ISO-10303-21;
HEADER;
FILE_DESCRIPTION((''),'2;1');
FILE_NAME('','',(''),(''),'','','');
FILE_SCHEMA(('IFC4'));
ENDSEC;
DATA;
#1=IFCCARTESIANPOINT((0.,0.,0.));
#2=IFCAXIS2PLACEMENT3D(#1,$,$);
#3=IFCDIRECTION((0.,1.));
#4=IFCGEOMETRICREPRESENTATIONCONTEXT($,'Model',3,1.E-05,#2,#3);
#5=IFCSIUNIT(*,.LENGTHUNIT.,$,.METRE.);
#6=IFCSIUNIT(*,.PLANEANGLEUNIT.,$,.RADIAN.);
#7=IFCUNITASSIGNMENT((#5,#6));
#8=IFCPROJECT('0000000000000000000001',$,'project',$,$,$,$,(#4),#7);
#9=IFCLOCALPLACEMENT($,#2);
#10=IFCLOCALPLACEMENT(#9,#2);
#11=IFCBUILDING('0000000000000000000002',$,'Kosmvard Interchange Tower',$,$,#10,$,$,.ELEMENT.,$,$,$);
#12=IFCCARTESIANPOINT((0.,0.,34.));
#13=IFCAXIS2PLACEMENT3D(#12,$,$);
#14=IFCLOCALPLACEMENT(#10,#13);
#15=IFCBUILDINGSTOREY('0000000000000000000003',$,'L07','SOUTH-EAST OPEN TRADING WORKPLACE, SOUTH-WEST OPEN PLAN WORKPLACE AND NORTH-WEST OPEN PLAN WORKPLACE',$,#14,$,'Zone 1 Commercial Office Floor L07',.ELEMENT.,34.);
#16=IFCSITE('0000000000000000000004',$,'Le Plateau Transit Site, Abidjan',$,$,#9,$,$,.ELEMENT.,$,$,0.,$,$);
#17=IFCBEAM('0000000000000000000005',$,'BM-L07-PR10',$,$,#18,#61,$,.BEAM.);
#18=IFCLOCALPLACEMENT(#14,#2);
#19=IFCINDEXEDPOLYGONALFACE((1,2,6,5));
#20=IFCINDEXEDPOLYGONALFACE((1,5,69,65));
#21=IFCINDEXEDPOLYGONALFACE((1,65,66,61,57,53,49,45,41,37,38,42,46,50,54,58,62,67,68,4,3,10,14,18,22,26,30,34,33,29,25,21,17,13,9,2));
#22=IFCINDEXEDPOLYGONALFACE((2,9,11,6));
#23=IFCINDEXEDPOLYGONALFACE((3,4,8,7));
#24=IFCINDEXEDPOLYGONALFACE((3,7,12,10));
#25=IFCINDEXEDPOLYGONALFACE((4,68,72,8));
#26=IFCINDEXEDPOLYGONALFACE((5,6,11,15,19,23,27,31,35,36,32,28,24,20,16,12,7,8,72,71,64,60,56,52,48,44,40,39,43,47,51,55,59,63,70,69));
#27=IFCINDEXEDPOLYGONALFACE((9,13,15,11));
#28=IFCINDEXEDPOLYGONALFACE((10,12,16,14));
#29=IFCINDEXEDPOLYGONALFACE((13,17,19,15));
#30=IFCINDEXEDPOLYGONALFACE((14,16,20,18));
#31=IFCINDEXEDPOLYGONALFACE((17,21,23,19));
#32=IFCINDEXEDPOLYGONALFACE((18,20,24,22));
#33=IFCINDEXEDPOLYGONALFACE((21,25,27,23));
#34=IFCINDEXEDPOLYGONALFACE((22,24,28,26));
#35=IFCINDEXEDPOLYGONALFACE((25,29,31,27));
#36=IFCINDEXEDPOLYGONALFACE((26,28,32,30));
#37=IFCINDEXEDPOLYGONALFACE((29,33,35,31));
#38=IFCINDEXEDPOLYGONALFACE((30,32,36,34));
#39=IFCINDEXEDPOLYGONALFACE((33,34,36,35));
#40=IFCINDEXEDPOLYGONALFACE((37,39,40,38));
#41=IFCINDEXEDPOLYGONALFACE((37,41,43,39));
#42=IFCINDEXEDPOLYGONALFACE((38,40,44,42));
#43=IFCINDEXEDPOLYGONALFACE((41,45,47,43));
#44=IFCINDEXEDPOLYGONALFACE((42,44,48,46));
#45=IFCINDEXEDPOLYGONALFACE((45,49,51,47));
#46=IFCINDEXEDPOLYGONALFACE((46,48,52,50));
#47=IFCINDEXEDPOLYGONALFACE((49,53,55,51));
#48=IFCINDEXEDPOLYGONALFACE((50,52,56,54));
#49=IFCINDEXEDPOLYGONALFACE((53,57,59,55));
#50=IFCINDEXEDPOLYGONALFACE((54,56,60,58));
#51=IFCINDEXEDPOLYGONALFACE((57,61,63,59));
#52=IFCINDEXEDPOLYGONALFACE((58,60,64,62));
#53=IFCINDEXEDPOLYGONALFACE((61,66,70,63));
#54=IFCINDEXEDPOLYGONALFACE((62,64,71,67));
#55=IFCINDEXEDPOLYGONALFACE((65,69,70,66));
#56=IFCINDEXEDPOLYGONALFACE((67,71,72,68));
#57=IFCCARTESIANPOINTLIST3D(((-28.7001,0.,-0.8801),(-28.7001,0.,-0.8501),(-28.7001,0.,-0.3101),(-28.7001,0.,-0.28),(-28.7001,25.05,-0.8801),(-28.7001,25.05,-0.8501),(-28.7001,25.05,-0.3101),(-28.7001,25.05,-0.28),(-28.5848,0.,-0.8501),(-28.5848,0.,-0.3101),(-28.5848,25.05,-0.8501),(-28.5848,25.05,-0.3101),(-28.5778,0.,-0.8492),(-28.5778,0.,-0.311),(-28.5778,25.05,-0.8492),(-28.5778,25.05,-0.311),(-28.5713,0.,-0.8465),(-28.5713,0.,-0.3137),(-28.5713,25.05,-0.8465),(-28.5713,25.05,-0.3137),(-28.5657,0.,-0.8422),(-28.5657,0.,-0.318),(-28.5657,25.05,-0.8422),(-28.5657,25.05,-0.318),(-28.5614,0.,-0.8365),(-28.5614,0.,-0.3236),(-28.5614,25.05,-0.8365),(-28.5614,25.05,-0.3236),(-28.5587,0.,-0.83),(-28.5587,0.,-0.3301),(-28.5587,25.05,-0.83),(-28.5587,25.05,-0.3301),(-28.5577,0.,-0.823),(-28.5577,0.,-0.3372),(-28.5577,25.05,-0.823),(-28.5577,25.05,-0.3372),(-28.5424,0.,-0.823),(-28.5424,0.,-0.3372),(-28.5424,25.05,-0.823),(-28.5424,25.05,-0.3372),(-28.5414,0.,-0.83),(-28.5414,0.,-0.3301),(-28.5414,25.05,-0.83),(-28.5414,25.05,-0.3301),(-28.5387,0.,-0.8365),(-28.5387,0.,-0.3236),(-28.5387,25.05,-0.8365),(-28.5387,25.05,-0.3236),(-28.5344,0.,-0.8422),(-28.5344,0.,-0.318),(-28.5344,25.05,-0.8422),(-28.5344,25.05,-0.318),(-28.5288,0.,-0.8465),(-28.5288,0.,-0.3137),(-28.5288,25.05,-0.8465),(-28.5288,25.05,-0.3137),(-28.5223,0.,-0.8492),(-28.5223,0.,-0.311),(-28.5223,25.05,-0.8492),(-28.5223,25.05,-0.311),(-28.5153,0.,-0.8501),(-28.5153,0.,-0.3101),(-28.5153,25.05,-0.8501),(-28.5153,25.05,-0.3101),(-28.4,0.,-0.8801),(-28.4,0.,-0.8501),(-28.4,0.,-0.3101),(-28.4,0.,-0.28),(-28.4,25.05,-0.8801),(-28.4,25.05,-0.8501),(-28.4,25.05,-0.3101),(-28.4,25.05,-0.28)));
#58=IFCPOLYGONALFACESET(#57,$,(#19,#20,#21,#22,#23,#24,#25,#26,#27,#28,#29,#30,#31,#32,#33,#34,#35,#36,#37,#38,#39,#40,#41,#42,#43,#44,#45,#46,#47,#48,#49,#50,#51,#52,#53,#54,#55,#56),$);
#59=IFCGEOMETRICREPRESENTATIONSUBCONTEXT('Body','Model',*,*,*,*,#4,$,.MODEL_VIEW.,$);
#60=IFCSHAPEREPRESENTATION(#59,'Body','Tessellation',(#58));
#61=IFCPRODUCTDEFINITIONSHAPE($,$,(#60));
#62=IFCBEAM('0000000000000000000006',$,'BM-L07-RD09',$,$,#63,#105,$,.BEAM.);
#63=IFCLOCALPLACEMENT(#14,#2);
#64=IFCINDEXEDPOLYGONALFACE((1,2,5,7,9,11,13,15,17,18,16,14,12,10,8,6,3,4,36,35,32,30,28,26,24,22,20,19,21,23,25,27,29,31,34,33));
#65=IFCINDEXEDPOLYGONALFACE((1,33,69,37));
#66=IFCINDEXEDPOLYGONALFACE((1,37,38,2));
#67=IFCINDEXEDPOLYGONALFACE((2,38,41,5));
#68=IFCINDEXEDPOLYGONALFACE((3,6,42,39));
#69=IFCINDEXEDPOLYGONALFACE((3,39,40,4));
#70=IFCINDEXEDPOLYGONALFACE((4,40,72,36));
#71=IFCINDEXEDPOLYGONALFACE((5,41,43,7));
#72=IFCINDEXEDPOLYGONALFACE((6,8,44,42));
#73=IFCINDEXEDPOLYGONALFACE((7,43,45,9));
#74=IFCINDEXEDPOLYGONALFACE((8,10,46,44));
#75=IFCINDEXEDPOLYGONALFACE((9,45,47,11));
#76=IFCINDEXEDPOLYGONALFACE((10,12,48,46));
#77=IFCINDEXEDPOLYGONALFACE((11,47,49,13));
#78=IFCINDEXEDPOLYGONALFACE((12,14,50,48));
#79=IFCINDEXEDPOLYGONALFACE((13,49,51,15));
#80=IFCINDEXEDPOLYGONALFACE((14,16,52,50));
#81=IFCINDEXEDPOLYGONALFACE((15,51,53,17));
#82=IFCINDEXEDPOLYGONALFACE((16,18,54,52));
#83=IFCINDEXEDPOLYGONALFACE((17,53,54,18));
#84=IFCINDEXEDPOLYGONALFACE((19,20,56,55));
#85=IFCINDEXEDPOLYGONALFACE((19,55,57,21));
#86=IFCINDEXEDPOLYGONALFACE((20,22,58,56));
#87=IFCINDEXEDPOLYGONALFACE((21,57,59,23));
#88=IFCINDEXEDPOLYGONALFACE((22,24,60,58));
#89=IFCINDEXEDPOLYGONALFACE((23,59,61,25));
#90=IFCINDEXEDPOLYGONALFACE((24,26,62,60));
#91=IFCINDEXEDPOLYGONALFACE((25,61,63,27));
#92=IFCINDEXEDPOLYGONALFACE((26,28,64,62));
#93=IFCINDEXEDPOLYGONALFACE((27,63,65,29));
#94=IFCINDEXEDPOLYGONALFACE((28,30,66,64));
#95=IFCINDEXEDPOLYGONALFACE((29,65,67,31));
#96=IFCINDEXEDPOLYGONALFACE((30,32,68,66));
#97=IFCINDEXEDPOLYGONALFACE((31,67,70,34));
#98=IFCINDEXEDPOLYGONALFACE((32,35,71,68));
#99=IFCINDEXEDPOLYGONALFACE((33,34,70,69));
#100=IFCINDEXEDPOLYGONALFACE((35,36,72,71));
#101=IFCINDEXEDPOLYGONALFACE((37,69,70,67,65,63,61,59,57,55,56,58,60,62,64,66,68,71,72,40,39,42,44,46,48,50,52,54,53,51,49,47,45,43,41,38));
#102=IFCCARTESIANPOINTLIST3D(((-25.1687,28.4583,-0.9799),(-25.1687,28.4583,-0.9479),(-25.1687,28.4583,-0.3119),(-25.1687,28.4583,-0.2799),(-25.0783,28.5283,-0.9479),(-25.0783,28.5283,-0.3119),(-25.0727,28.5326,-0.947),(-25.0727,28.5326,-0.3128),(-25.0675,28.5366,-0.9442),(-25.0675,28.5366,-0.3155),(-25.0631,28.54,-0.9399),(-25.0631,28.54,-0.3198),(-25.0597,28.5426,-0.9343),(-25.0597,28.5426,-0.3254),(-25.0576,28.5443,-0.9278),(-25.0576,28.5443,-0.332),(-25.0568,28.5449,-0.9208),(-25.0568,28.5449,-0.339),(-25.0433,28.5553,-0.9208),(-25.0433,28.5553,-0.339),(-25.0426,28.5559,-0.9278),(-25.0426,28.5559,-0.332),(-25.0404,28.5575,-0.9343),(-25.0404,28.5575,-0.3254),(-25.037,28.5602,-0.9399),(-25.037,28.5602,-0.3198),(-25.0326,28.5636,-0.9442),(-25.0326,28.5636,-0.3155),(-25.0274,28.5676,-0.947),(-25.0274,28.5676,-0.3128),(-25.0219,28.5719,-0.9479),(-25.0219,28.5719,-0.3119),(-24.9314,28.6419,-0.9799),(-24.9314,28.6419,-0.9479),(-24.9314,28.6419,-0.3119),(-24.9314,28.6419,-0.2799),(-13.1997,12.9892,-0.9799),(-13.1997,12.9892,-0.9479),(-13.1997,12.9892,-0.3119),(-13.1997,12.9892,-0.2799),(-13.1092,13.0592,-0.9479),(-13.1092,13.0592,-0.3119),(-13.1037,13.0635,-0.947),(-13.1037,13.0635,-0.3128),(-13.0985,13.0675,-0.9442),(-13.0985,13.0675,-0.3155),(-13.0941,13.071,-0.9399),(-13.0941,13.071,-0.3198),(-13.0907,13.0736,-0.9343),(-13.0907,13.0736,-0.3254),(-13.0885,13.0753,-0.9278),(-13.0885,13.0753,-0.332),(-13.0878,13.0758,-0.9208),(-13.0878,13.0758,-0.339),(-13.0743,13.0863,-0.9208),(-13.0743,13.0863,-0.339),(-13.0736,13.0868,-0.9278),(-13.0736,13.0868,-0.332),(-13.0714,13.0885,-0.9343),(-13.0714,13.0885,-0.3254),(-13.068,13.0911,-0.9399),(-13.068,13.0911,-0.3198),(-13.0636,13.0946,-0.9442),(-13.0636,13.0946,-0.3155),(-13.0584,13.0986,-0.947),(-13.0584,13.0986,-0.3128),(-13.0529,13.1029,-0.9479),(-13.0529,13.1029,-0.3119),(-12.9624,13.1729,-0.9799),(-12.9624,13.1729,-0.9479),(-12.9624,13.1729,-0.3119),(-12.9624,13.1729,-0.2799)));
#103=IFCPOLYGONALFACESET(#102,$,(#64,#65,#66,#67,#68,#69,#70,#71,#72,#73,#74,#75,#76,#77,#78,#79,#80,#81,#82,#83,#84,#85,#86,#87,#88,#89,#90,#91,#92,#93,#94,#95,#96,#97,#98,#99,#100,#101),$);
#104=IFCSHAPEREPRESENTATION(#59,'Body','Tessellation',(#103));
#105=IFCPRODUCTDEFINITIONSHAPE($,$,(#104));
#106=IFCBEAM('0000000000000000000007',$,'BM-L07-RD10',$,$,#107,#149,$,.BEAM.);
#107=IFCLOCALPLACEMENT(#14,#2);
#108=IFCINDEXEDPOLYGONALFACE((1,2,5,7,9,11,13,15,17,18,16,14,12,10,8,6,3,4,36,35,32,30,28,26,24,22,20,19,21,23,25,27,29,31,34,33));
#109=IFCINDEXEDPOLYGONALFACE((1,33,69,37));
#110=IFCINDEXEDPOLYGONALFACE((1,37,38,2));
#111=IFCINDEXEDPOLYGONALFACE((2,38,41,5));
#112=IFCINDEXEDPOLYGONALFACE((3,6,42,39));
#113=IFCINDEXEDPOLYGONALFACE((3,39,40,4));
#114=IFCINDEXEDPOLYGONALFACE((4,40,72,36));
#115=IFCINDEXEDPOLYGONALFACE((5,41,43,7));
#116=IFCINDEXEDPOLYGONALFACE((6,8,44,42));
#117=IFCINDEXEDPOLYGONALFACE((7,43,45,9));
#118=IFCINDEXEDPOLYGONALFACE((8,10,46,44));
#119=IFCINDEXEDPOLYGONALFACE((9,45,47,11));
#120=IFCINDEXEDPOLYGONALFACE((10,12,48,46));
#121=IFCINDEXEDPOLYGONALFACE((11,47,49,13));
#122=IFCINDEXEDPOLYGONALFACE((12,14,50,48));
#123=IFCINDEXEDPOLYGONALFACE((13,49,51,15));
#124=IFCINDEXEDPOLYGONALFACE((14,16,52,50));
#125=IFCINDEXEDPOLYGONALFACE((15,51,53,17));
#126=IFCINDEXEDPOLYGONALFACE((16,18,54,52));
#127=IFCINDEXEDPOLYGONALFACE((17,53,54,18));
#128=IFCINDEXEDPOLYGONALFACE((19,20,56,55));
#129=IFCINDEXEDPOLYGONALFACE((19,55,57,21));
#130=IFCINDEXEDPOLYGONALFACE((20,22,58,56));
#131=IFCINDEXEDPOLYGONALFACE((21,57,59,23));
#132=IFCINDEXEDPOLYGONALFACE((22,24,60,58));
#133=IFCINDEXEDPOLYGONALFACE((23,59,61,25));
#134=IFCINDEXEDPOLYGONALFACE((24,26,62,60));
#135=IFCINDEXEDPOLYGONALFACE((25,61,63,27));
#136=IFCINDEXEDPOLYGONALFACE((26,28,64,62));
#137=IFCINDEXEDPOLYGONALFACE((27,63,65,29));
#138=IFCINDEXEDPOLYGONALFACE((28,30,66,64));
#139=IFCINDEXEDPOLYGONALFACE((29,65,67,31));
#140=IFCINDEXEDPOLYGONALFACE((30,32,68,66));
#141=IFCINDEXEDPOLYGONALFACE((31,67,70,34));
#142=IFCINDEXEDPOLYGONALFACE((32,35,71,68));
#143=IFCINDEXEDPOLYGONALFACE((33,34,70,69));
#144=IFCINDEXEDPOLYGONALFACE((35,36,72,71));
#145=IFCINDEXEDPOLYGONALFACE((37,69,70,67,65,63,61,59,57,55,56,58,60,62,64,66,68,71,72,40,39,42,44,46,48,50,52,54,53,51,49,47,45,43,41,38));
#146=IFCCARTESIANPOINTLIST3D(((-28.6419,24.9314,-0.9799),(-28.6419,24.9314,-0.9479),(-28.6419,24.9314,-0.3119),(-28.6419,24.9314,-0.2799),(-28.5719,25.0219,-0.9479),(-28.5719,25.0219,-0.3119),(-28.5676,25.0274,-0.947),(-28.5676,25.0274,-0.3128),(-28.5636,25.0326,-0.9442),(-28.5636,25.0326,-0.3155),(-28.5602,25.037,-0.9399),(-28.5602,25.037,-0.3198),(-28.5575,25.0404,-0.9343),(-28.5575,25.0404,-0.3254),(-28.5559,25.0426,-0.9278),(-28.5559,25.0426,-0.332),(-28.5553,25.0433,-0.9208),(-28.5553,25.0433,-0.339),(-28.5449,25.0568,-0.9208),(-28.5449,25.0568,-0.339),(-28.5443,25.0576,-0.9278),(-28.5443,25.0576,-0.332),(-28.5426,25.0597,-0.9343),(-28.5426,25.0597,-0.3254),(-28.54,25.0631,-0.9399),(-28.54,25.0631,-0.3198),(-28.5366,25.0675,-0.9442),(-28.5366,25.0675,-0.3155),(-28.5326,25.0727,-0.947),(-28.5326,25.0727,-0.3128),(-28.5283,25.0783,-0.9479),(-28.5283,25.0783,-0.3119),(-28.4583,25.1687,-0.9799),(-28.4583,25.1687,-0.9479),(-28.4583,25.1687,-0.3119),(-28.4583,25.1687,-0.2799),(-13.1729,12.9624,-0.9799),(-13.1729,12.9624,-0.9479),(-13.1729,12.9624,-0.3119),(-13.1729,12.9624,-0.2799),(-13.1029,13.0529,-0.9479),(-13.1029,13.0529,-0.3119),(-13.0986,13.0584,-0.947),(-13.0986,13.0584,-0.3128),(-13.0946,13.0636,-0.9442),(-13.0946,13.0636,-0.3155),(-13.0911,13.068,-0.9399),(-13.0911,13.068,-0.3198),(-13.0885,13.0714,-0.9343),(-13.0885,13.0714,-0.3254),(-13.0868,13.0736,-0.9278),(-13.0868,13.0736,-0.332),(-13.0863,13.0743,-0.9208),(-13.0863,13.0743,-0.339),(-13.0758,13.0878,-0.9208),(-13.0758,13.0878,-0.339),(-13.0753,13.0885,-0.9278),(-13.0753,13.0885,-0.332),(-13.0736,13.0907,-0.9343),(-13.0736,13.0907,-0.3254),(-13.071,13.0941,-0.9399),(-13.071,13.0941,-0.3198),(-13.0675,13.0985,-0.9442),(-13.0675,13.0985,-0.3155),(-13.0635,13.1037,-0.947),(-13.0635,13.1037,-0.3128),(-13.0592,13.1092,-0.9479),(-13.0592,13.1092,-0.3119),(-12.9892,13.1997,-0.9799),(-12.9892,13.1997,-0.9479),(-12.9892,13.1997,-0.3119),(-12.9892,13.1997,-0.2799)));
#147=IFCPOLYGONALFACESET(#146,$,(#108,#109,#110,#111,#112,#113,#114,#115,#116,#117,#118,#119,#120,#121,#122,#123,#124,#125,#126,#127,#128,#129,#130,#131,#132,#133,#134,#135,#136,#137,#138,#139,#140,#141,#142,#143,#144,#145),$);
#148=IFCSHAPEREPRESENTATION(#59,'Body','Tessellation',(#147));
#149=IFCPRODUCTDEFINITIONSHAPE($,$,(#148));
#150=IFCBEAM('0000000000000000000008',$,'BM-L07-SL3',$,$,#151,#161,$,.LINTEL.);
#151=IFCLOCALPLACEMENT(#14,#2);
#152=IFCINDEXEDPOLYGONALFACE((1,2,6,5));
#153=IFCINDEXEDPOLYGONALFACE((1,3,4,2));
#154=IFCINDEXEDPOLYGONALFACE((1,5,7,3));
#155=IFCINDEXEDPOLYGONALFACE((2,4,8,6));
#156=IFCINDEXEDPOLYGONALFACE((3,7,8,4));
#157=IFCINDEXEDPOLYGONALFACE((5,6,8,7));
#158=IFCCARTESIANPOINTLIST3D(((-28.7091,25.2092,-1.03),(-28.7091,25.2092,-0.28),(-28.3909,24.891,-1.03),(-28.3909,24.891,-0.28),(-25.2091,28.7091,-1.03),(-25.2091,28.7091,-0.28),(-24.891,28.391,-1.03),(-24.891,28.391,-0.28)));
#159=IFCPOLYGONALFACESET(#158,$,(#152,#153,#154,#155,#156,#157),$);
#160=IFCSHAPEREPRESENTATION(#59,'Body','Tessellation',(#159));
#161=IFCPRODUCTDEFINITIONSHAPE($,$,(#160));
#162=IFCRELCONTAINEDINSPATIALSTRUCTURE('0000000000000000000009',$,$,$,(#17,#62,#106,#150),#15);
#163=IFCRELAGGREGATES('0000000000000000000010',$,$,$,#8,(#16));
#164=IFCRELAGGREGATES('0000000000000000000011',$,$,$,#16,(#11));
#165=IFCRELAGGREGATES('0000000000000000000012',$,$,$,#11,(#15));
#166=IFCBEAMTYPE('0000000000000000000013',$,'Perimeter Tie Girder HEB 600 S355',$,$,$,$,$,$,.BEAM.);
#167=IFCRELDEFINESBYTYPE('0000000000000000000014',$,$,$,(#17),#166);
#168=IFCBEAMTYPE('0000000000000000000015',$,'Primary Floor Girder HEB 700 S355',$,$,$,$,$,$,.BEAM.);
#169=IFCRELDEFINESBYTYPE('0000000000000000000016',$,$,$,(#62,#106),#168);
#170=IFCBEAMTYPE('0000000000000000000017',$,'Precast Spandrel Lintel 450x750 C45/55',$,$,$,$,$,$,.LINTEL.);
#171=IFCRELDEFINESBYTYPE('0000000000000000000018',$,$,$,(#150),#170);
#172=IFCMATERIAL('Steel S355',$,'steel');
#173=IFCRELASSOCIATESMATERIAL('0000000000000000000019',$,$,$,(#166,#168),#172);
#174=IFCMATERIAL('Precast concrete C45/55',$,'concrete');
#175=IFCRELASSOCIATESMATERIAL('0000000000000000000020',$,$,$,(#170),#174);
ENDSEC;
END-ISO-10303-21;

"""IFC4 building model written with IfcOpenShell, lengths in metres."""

from ifc_helpers import new_model, si_unit, direction, frame, origin, origin_2d, place, context, subcontext, project, spatial, rectangle, i_section, extrude, source, transform, mapped, material, material_profile, profile_set, type_object, element, save


model = new_model("IFC4")

# Units and contexts
model_context = context("Model", 3, precision=1e-05, world=origin(), true_north=direction((0.0, 1.0)))
body_context = subcontext(model_context, "Body", "Model", "MODEL_VIEW")
ifc_project = project(units=[si_unit("LENGTHUNIT", "METRE"), si_unit("PLANEANGLEUNIT", "RADIAN")], contexts=[model_context])

# Site, building, storey
site_placement = place(None, origin())
site = spatial("IfcSite", under=ifc_project, at=site_placement, Name="Le Plateau Transit Site, Abidjan", CompositionType="ELEMENT", RefElevation=0.0)
building_placement = place(site_placement, origin())
building = spatial("IfcBuilding", under=site, at=building_placement, Name="Kosmvard Interchange Tower", CompositionType="ELEMENT")
storey_placement = place(building_placement, frame((0.0, 0.0, 34.0)))
storey = spatial("IfcBuildingStorey", under=building, at=storey_placement, Name="L07", Description="SOUTH-EAST OPEN TRADING WORKPLACE, SOUTH-WEST OPEN PLAN WORKPLACE AND NORTH-WEST OPEN PLAN WORKPLACE", LongName="Zone 1 Commercial Office Floor L07", CompositionType="ELEMENT", Elevation=34.0)

# Beams
ifc_material_1 = material(Name="Steel S355", Category="steel")
ifc_material_profile_1 = material_profile(ifc_material_1, i_section(OverallWidth=0.3, OverallDepth=0.6001, WebThickness=0.0154, FlangeThickness=0.03, FilletRadius=0.0271, at=origin_2d()), Name="HEB 600")
ifc_profile_set_1 = profile_set([ifc_material_profile_1], Name="Steel S355")
beam_type_1 = type_object("IfcBeamType", Name="Perimeter Tie Girder HEB 600 S355", PredefinedType="BEAM", material=ifc_profile_set_1)
shared_shape_1 = source(origin(), body_context, "Body", "SweptSolid", [
    extrude(i_section(OverallWidth=0.3, OverallDepth=0.6001, WebThickness=0.0154, FlangeThickness=0.03, FilletRadius=0.0271, at=origin_2d()), origin(), (0.0, 0.0, 1.0), 25.05),
])
beam_1_placement = place(storey_placement, frame((-28.55, 25.05, -0.5801), z_axis=(0.0, -1.0, 0.0), x_axis=(1.0, 0.0, 0.0)))
element("IfcBeam", 1, at=beam_1_placement, inside=storey, type_object=beam_type_1, Name="BM-L07-PR10", PredefinedType="BEAM", context=body_context, shape_type="MappedRepresentation", body=[
    mapped(shared_shape_1, transform((0.0, 0.0, 0.0), scale=1.0)),
])
ifc_material_profile_2 = material_profile(ifc_material_1, i_section(OverallWidth=0.3, OverallDepth=0.7, WebThickness=0.0171, FlangeThickness=0.032, FilletRadius=0.0271, at=origin_2d()), Name="HEB 700")
ifc_profile_set_2 = profile_set([ifc_material_profile_2], Name="Steel S355")
beam_type_2 = type_object("IfcBeamType", Name="Primary Floor Girder HEB 700 S355", PredefinedType="BEAM", material=ifc_profile_set_2)
shared_shape_2 = source(origin(), body_context, "Body", "SweptSolid", [
    extrude(i_section(OverallWidth=0.3, OverallDepth=0.7, WebThickness=0.0171, FlangeThickness=0.032, FilletRadius=0.0271, at=origin_2d()), origin(), (0.0, 0.0, 1.0), 19.5588),
])
for number, where, z_axis, x_axis, name in (
    (2, (-13.0811, 13.0811, -0.6299), (-0.611949, 0.790897, 0.0), (-0.790897, -0.611949, 0.0), "BM-L07-RD09"),
    (3, (-13.0811, 13.0811, -0.6299), (-0.790897, 0.611949, 0.0), (-0.611949, -0.790897, 0.0), "BM-L07-RD10"),
):
    element("IfcBeam", number, at=place(storey_placement, frame(where, z_axis=z_axis, x_axis=x_axis)), inside=storey, type_object=beam_type_2, Name=name, PredefinedType="BEAM", context=body_context, shape_type="MappedRepresentation", body=[
        mapped(shared_shape_2, transform((0.0, 0.0, 0.0), scale=1.0)),
    ])
ifc_material_2 = material(Name="Precast concrete C45/55", Category="concrete")
ifc_material_profile_3 = material_profile(ifc_material_2, rectangle(XDim=0.45, YDim=0.75, at=origin_2d()), Name="SL 450x750")
ifc_profile_set_3 = profile_set([ifc_material_profile_3], Name="Precast concrete C45/55")
beam_type_3 = type_object("IfcBeamType", Name="Precast Spandrel Lintel 450x750 C45/55", PredefinedType="LINTEL", material=ifc_profile_set_3)
shared_shape_3 = source(origin(), body_context, "Body", "SweptSolid", [
    extrude(rectangle(XDim=0.45, YDim=0.75, at=origin_2d()), origin(), (0.0, 0.0, 1.0), 4.9497),
])
beam_2_placement = place(storey_placement, frame((-25.05, 28.55, -0.655), z_axis=(-0.707107, -0.707107, 0.0), x_axis=(0.707107, -0.707107, 0.0)))
element("IfcBeam", 4, at=beam_2_placement, inside=storey, type_object=beam_type_3, Name="BM-L07-SL3", PredefinedType="LINTEL", context=body_context, shape_type="MappedRepresentation", body=[
    mapped(shared_shape_3, transform((0.0, 0.0, 0.0), scale=1.0)),
])

save(model, "model.ifc")
